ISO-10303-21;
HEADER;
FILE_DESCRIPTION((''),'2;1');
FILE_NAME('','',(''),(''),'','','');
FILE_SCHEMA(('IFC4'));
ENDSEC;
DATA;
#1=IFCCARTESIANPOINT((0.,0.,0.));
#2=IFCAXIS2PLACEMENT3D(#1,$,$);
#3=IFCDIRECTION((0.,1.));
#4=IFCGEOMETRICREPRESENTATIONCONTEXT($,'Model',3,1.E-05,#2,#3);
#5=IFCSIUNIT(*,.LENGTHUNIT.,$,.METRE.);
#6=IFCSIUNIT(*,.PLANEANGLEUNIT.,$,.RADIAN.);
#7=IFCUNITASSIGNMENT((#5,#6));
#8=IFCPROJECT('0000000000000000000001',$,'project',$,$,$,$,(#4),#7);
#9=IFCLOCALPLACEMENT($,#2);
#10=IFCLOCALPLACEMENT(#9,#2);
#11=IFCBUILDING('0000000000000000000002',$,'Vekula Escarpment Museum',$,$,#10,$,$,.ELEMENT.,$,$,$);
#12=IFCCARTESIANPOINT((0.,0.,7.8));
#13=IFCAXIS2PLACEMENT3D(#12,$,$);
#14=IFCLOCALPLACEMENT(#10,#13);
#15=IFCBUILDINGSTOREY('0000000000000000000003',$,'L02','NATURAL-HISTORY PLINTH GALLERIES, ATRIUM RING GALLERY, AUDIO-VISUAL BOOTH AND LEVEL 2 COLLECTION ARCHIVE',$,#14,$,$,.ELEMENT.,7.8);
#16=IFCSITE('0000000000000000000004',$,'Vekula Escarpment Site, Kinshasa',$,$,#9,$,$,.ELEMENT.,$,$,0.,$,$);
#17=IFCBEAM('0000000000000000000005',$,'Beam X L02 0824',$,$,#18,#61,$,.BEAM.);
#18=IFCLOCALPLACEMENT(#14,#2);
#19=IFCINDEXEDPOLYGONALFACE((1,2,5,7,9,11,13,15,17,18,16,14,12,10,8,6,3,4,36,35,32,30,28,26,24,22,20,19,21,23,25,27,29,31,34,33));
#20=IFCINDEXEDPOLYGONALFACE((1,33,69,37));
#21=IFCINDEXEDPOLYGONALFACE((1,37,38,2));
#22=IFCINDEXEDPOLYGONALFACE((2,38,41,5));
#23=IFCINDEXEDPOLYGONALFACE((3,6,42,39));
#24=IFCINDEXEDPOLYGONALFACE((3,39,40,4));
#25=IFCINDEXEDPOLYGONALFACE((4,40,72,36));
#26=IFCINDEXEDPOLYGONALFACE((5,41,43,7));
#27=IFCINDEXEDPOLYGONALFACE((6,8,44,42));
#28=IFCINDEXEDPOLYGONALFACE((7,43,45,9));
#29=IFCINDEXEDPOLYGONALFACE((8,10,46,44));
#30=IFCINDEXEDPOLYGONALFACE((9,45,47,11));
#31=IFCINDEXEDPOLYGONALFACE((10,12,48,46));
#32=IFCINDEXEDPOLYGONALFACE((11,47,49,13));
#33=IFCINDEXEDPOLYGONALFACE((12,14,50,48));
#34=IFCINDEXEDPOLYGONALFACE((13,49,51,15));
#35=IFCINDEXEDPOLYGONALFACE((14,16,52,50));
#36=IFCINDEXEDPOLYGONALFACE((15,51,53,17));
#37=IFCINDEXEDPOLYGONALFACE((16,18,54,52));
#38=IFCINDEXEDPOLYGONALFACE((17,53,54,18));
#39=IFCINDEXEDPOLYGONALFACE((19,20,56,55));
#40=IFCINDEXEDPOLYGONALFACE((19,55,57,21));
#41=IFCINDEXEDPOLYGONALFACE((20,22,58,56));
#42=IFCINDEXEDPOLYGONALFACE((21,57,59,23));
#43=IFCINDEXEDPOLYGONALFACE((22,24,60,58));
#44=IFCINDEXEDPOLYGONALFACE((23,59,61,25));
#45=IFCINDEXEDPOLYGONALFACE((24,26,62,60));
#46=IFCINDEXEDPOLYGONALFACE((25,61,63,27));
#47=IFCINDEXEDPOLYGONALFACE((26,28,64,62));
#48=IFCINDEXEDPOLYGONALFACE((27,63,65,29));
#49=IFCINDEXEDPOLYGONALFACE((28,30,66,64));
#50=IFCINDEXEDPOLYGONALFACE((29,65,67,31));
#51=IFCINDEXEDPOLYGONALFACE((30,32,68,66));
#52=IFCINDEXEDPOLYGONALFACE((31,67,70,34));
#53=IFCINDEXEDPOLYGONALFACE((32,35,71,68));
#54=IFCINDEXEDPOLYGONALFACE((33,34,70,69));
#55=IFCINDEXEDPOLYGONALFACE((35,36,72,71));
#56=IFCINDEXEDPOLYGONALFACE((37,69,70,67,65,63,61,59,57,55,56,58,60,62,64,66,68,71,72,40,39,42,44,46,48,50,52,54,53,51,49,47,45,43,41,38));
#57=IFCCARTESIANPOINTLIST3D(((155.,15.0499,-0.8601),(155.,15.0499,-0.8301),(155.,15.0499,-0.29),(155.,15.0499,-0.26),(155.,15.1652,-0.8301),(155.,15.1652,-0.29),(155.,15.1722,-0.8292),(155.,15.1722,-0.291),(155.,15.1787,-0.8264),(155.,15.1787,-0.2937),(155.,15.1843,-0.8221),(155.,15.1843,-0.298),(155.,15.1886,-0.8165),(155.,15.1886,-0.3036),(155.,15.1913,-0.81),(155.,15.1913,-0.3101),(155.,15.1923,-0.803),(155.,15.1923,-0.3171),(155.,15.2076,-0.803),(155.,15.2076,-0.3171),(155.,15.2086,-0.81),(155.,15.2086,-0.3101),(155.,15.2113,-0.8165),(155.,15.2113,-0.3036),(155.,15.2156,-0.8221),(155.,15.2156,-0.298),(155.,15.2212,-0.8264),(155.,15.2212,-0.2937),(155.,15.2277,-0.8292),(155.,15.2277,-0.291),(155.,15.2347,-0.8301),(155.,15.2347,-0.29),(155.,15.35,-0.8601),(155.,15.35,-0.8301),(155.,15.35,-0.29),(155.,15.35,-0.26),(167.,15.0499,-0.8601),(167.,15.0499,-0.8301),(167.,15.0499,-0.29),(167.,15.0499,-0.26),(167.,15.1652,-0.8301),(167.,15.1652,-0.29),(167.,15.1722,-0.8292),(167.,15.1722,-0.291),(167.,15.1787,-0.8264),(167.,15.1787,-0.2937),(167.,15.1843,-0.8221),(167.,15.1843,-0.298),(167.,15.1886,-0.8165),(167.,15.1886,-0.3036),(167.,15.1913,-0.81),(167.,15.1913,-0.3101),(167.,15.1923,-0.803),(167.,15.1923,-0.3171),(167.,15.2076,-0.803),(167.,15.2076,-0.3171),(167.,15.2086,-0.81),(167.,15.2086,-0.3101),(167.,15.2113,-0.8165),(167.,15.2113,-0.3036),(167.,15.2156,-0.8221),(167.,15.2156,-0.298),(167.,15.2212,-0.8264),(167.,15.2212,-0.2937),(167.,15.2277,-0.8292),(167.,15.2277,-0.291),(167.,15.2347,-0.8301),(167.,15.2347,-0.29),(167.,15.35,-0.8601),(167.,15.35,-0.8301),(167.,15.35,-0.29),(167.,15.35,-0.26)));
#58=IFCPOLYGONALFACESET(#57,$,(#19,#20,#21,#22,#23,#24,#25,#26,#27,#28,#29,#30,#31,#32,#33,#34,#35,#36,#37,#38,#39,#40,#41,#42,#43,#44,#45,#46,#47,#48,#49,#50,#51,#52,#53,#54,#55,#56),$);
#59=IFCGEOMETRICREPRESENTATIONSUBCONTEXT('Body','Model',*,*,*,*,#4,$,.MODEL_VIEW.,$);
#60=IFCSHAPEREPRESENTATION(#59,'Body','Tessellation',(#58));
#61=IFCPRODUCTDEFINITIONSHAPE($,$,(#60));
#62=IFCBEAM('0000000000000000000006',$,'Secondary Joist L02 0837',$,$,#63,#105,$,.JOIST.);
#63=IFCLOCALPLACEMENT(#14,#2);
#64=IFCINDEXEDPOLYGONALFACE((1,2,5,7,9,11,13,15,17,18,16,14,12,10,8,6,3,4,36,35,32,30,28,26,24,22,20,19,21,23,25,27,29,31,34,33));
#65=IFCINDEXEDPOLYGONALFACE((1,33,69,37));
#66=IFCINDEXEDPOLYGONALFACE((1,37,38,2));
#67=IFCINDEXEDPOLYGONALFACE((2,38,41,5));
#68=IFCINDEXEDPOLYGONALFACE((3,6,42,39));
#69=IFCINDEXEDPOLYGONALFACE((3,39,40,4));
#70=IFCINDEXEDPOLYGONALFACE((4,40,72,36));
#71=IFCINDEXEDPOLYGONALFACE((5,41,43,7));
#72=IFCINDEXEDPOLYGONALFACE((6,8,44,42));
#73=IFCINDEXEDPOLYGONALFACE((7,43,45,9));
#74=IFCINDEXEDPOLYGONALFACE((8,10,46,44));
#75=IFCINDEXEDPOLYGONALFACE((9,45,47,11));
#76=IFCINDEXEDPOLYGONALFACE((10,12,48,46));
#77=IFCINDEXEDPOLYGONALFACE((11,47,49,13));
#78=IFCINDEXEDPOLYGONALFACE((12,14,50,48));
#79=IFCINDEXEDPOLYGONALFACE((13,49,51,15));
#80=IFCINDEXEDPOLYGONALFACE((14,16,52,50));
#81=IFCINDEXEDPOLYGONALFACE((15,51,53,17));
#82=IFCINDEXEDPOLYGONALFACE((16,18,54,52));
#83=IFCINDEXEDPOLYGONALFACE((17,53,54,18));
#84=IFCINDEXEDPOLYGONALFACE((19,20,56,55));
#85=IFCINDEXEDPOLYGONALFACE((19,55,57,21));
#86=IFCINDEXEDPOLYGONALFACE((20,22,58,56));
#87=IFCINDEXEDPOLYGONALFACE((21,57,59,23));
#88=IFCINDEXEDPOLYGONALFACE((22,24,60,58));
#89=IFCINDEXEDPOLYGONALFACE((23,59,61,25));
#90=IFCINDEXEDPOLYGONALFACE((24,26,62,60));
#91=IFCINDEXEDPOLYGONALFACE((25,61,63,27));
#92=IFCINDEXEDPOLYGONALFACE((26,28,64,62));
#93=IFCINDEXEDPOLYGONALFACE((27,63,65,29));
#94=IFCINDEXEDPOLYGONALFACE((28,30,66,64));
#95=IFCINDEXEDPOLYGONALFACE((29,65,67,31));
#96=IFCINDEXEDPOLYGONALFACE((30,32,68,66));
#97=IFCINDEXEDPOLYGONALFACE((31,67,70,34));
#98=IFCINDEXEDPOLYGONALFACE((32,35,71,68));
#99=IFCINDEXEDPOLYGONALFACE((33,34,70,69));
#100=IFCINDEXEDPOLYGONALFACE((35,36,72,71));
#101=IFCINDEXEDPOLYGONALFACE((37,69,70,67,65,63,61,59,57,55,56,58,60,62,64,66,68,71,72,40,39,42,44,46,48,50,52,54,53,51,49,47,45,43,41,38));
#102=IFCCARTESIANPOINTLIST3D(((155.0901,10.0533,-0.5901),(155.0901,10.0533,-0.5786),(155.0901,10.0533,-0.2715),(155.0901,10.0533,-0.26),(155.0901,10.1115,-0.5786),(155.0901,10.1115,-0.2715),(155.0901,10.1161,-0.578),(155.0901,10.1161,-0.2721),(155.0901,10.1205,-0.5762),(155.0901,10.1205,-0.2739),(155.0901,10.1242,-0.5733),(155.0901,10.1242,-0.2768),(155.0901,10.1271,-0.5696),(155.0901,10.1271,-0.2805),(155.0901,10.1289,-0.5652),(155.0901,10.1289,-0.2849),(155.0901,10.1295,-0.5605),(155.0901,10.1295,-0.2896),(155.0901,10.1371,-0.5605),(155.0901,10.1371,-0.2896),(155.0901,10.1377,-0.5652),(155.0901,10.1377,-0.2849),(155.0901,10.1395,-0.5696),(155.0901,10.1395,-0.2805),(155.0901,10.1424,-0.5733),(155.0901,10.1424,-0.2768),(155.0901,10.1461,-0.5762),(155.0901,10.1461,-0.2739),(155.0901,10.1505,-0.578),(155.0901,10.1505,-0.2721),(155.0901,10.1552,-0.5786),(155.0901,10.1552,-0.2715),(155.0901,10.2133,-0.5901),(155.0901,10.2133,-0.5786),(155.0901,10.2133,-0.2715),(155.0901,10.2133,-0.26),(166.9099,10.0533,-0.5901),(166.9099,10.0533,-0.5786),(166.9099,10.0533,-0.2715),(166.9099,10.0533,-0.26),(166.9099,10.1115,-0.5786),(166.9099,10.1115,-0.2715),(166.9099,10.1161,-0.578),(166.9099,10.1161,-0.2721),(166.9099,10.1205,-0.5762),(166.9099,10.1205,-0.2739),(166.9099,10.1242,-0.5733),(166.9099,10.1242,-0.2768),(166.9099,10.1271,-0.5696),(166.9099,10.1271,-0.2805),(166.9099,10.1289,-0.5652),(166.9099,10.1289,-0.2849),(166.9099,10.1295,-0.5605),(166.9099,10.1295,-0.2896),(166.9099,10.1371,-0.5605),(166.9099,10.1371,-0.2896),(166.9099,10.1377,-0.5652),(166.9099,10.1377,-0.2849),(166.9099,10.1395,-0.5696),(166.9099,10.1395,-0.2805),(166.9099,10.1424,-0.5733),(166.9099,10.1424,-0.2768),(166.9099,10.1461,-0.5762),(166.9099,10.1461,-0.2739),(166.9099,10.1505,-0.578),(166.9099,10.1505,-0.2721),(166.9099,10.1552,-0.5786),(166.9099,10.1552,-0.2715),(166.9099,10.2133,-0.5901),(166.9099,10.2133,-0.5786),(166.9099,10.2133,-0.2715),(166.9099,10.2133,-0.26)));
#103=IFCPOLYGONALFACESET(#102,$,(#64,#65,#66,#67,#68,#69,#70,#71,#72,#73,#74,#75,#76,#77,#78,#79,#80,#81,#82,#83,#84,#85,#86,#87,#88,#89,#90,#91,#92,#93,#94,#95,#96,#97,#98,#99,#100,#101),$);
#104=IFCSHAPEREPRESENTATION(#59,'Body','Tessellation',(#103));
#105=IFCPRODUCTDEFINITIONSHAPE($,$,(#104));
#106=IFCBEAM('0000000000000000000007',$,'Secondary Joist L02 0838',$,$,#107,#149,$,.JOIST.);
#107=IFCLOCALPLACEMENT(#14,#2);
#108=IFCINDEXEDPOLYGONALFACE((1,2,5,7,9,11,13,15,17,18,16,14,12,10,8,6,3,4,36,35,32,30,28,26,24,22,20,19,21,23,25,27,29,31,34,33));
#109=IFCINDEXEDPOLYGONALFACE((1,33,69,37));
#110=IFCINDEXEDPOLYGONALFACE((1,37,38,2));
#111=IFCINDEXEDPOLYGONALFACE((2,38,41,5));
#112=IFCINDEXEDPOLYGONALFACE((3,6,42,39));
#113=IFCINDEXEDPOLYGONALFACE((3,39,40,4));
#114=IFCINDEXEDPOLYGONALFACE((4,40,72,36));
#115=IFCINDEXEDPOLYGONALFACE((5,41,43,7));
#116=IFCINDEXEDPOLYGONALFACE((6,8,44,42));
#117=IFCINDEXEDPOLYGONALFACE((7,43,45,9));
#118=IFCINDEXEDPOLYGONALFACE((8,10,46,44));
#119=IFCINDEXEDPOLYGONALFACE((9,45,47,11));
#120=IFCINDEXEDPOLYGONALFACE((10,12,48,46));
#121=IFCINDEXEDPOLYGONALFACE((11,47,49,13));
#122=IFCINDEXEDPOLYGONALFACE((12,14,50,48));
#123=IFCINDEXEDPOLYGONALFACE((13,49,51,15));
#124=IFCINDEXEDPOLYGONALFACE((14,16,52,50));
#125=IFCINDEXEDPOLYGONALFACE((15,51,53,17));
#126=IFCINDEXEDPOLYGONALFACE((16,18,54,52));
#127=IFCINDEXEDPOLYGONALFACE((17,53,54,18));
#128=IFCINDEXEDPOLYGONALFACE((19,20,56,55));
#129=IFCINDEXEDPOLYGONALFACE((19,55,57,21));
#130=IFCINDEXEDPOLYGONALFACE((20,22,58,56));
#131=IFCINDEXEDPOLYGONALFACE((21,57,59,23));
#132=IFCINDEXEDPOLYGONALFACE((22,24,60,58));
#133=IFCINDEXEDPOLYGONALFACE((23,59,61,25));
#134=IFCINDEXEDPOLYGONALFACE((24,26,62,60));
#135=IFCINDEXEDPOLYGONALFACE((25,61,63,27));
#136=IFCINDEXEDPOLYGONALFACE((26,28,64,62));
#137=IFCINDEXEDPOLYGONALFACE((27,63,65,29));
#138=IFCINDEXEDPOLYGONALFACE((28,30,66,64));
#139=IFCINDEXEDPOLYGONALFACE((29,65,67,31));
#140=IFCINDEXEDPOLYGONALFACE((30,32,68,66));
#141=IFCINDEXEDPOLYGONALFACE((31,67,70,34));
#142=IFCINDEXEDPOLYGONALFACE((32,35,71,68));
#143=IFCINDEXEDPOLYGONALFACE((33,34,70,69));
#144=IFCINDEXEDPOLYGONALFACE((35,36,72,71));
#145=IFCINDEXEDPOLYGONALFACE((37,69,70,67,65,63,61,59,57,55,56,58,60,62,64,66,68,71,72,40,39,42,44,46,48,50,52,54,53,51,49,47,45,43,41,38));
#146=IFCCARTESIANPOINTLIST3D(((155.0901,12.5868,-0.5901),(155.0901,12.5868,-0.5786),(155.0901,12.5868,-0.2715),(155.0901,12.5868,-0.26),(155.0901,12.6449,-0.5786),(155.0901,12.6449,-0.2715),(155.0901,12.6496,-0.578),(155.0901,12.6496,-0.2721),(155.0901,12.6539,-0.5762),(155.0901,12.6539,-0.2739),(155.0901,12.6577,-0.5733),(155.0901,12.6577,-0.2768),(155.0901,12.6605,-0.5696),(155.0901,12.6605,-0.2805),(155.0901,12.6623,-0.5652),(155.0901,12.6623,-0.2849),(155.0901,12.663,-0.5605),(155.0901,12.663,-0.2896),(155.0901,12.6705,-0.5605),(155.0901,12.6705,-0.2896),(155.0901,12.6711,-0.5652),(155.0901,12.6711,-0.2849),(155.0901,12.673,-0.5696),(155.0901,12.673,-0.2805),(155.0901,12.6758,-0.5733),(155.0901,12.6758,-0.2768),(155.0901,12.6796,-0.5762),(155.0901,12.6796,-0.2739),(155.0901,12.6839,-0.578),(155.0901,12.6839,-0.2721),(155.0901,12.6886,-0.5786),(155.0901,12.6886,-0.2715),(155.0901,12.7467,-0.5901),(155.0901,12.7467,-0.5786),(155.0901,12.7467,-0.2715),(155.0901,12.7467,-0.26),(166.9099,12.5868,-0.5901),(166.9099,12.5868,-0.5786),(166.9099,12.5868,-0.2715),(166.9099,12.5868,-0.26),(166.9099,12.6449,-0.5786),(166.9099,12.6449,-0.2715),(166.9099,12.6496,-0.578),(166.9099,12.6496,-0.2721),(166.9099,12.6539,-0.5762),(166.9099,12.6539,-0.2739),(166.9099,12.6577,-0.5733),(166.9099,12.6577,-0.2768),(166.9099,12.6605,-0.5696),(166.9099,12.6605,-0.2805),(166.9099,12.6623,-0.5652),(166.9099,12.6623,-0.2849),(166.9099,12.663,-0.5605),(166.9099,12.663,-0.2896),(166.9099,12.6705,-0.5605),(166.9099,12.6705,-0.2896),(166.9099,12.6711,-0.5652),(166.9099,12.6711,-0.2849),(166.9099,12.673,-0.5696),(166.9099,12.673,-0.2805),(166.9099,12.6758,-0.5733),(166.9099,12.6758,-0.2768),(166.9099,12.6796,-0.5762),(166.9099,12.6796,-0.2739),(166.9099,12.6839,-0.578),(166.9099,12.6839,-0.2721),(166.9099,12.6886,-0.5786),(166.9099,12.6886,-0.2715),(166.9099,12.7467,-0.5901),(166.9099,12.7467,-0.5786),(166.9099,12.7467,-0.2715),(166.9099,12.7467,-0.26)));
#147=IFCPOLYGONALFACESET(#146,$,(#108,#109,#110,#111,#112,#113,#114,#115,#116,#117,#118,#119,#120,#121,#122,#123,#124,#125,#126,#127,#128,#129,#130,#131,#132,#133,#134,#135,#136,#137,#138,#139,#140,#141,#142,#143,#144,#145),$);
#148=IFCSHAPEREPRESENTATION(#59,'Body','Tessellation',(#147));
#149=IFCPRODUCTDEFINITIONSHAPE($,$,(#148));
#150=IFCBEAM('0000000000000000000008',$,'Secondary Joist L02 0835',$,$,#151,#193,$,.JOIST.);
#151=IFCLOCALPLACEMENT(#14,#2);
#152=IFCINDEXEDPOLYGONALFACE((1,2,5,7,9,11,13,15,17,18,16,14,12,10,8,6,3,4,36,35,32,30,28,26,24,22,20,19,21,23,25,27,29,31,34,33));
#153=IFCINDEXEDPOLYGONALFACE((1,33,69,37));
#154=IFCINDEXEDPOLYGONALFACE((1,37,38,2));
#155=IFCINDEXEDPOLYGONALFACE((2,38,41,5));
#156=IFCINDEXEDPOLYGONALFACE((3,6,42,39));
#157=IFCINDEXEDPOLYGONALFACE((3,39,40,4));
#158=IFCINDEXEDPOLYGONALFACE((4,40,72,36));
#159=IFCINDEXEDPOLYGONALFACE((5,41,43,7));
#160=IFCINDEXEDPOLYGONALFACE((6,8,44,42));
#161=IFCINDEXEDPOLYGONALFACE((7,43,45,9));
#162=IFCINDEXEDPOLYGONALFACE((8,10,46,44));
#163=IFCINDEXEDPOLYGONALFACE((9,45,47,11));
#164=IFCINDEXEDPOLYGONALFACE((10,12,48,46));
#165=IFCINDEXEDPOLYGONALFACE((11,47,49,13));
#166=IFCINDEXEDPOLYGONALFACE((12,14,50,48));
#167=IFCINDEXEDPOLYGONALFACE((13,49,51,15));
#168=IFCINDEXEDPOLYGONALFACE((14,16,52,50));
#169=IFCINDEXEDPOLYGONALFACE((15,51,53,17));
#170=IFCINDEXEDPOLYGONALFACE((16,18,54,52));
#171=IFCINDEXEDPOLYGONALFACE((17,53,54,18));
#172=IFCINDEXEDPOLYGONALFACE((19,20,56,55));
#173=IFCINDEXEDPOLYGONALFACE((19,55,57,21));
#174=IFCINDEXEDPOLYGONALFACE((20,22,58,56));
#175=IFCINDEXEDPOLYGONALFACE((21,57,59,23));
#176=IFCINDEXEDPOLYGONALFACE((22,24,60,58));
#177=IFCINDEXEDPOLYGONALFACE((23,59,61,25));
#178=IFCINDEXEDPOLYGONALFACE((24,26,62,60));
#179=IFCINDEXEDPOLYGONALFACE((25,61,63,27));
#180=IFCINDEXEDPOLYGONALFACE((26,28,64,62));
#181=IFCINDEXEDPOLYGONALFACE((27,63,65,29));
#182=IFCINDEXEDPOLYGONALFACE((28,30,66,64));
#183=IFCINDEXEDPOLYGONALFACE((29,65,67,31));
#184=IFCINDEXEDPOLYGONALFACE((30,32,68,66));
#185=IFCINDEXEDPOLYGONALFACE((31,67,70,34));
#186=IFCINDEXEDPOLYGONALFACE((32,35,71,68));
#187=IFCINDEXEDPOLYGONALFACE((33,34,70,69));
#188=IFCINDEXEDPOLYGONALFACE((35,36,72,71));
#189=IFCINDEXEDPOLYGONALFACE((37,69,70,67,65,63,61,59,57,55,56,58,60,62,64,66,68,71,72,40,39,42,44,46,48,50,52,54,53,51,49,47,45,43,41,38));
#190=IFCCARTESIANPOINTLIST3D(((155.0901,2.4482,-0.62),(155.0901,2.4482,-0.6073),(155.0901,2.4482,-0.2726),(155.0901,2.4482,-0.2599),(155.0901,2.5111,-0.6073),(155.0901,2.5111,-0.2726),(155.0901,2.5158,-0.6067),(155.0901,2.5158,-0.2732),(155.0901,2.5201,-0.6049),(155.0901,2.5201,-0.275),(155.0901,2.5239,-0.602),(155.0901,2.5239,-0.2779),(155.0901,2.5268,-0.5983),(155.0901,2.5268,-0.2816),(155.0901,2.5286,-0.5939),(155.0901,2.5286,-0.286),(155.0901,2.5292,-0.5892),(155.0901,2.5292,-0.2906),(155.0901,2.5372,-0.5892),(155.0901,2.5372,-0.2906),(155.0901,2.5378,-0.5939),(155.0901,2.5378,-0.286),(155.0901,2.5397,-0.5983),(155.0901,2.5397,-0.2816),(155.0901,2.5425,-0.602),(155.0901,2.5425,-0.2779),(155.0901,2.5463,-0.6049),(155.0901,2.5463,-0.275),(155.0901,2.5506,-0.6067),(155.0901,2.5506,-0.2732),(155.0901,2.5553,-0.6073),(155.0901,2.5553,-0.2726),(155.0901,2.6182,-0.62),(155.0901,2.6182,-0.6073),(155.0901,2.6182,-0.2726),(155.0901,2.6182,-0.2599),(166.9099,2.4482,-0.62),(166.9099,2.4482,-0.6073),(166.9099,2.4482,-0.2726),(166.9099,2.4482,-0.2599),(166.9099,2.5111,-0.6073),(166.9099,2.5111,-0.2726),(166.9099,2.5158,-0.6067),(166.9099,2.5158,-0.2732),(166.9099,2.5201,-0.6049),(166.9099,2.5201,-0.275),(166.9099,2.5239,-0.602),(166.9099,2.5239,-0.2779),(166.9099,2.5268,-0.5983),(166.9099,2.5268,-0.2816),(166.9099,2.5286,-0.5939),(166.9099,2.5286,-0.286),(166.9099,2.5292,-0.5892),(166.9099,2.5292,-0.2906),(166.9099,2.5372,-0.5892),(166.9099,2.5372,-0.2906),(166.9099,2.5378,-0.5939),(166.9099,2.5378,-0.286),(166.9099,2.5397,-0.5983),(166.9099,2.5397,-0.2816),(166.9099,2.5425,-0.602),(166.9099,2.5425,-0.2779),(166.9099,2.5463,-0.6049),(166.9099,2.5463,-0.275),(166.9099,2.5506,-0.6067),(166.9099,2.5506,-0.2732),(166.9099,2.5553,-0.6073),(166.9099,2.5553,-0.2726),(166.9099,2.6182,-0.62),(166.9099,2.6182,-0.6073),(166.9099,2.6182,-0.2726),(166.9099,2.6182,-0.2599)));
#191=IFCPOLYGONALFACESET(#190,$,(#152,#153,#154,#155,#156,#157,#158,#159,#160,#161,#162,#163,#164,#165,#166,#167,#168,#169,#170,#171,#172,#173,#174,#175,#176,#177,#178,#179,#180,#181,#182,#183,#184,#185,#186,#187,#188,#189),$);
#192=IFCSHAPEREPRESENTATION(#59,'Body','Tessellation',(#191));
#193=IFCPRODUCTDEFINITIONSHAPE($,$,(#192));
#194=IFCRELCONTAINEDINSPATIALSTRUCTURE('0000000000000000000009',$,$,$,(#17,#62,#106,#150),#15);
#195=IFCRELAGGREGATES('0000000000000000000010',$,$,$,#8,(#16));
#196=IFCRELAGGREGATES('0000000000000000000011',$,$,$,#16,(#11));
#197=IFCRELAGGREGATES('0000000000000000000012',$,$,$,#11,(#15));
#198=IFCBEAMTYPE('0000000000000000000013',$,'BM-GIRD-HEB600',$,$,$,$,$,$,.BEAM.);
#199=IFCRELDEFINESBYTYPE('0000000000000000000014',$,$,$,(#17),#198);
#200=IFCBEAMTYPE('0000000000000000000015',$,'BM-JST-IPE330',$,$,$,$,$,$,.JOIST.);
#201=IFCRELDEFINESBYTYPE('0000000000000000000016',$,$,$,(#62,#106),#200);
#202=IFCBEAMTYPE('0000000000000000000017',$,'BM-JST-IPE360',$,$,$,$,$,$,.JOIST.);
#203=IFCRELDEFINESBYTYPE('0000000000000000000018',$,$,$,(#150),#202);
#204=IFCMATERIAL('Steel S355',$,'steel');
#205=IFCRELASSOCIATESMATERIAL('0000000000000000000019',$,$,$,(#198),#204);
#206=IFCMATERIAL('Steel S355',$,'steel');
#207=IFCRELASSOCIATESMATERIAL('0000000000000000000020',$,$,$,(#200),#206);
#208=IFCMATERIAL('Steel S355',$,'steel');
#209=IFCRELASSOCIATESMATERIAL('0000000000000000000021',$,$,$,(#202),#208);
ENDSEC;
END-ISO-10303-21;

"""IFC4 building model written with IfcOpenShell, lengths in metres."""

from ifc_helpers import new_model, si_unit, direction, frame, origin, origin_2d, place, context, subcontext, project, spatial, i_section, extrude, material, material_profile, profile_set, type_object, element, save


model = new_model("IFC4")

# Units and contexts
model_context = context("Model", 3, precision=1e-05, world=origin(), true_north=direction((0.0, 1.0)))
body_context = subcontext(model_context, "Body", "Model", "MODEL_VIEW")
ifc_project = project(units=[si_unit("LENGTHUNIT", "METRE"), si_unit("PLANEANGLEUNIT", "RADIAN")], contexts=[model_context])

# Site, building, storey
site_placement = place(None, origin())
site = spatial("IfcSite", under=ifc_project, at=site_placement, Name="Vekula Escarpment Site, Kinshasa", CompositionType="ELEMENT", RefElevation=0.0)
building_placement = place(site_placement, origin())
building = spatial("IfcBuilding", under=site, at=building_placement, Name="Vekula Escarpment Museum", CompositionType="ELEMENT")
storey_placement = place(building_placement, frame((0.0, 0.0, 7.8)))
storey = spatial("IfcBuildingStorey", under=building, at=storey_placement, Name="L02", Description="NATURAL-HISTORY PLINTH GALLERIES, ATRIUM RING GALLERY, AUDIO-VISUAL BOOTH AND LEVEL 2 COLLECTION ARCHIVE", CompositionType="ELEMENT", Elevation=7.8)

# Beams
ifc_material_1 = material(Name="Steel S355", Category="steel")
ifc_material_profile_1 = material_profile(ifc_material_1, i_section(OverallWidth=0.3, OverallDepth=0.6001, WebThickness=0.0154, FlangeThickness=0.03, FilletRadius=0.0271, at=origin_2d()), Name="HEB 600")
ifc_profile_set_1 = profile_set([ifc_material_profile_1], Name="Steel S355")
beam_type_1 = type_object("IfcBeamType", Name="BM-GIRD-HEB600", PredefinedType="BEAM", material=ifc_profile_set_1)
for number, where, z_axis, x_axis, name in (
    (1, (155.0, 15.2, -0.5601), (1.0, 0.0, 0.0), (0.0, 1.0, 0.0), "Beam X L02 0824"),
):
    element("IfcBeam", number, at=place(storey_placement, frame(where, z_axis=z_axis, x_axis=x_axis)), inside=storey, type_object=beam_type_1, Name=name, PredefinedType="BEAM", context=body_context, shape_type="SweptSolid", body=[
        extrude(i_section(OverallWidth=0.3, OverallDepth=0.6001, WebThickness=0.0154, FlangeThickness=0.03, FilletRadius=0.0271, at=origin_2d()), origin(), (0.0, 0.0, 1.0), 12.0),
    ])
ifc_material_2 = material(Name="Steel S355", Category="steel")
ifc_material_profile_2 = material_profile(ifc_material_2, i_section(OverallWidth=0.1599, OverallDepth=0.3301, WebThickness=0.0076, FlangeThickness=0.0115, FilletRadius=0.0181, at=origin_2d()), Name="IPE 330")
ifc_profile_set_2 = profile_set([ifc_material_profile_2], Name="Steel S355")
beam_type_2 = type_object("IfcBeamType", Name="BM-JST-IPE330", PredefinedType="JOIST", material=ifc_profile_set_2)
for number, where, z_axis, x_axis, name in (
    (2, (155.0901, 10.1333, -0.425), (1.0, 0.0, 0.0), (0.0, 1.0, 0.0), "Secondary Joist L02 0837"),
    (3, (155.0901, 12.6667, -0.425), (1.0, 0.0, 0.0), (0.0, 1.0, 0.0), "Secondary Joist L02 0838"),
):
    element("IfcBeam", number, at=place(storey_placement, frame(where, z_axis=z_axis, x_axis=x_axis)), inside=storey, type_object=beam_type_2, Name=name, PredefinedType="JOIST", context=body_context, shape_type="SweptSolid", body=[
        extrude(i_section(OverallWidth=0.1599, OverallDepth=0.3301, WebThickness=0.0076, FlangeThickness=0.0115, FilletRadius=0.0181, at=origin_2d()), origin(), (0.0, 0.0, 1.0), 11.8198),
    ])
ifc_material_3 = material(Name="Steel S355", Category="steel")
ifc_material_profile_3 = material_profile(ifc_material_3, i_section(OverallWidth=0.1699, OverallDepth=0.3601, WebThickness=0.0081, FlangeThickness=0.0127, FilletRadius=0.0181, at=origin_2d()), Name="IPE 360")
ifc_profile_set_3 = profile_set([ifc_material_profile_3], Name="Steel S355")
beam_type_3 = type_object("IfcBeamType", Name="BM-JST-IPE360", PredefinedType="JOIST", material=ifc_profile_set_3)
for number, where, z_axis, x_axis, name in (
    (4, (155.0901, 2.5332, -0.4399), (1.0, 0.0, 0.0), (0.0, 1.0, 0.0), "Secondary Joist L02 0835"),
):
    element("IfcBeam", number, at=place(storey_placement, frame(where, z_axis=z_axis, x_axis=x_axis)), inside=storey, type_object=beam_type_3, Name=name, PredefinedType="JOIST", context=body_context, shape_type="SweptSolid", body=[
        extrude(i_section(OverallWidth=0.1699, OverallDepth=0.3601, WebThickness=0.0081, FlangeThickness=0.0127, FilletRadius=0.0181, at=origin_2d()), origin(), (0.0, 0.0, 1.0), 11.8198),
    ])

save(model, "model.ifc")
